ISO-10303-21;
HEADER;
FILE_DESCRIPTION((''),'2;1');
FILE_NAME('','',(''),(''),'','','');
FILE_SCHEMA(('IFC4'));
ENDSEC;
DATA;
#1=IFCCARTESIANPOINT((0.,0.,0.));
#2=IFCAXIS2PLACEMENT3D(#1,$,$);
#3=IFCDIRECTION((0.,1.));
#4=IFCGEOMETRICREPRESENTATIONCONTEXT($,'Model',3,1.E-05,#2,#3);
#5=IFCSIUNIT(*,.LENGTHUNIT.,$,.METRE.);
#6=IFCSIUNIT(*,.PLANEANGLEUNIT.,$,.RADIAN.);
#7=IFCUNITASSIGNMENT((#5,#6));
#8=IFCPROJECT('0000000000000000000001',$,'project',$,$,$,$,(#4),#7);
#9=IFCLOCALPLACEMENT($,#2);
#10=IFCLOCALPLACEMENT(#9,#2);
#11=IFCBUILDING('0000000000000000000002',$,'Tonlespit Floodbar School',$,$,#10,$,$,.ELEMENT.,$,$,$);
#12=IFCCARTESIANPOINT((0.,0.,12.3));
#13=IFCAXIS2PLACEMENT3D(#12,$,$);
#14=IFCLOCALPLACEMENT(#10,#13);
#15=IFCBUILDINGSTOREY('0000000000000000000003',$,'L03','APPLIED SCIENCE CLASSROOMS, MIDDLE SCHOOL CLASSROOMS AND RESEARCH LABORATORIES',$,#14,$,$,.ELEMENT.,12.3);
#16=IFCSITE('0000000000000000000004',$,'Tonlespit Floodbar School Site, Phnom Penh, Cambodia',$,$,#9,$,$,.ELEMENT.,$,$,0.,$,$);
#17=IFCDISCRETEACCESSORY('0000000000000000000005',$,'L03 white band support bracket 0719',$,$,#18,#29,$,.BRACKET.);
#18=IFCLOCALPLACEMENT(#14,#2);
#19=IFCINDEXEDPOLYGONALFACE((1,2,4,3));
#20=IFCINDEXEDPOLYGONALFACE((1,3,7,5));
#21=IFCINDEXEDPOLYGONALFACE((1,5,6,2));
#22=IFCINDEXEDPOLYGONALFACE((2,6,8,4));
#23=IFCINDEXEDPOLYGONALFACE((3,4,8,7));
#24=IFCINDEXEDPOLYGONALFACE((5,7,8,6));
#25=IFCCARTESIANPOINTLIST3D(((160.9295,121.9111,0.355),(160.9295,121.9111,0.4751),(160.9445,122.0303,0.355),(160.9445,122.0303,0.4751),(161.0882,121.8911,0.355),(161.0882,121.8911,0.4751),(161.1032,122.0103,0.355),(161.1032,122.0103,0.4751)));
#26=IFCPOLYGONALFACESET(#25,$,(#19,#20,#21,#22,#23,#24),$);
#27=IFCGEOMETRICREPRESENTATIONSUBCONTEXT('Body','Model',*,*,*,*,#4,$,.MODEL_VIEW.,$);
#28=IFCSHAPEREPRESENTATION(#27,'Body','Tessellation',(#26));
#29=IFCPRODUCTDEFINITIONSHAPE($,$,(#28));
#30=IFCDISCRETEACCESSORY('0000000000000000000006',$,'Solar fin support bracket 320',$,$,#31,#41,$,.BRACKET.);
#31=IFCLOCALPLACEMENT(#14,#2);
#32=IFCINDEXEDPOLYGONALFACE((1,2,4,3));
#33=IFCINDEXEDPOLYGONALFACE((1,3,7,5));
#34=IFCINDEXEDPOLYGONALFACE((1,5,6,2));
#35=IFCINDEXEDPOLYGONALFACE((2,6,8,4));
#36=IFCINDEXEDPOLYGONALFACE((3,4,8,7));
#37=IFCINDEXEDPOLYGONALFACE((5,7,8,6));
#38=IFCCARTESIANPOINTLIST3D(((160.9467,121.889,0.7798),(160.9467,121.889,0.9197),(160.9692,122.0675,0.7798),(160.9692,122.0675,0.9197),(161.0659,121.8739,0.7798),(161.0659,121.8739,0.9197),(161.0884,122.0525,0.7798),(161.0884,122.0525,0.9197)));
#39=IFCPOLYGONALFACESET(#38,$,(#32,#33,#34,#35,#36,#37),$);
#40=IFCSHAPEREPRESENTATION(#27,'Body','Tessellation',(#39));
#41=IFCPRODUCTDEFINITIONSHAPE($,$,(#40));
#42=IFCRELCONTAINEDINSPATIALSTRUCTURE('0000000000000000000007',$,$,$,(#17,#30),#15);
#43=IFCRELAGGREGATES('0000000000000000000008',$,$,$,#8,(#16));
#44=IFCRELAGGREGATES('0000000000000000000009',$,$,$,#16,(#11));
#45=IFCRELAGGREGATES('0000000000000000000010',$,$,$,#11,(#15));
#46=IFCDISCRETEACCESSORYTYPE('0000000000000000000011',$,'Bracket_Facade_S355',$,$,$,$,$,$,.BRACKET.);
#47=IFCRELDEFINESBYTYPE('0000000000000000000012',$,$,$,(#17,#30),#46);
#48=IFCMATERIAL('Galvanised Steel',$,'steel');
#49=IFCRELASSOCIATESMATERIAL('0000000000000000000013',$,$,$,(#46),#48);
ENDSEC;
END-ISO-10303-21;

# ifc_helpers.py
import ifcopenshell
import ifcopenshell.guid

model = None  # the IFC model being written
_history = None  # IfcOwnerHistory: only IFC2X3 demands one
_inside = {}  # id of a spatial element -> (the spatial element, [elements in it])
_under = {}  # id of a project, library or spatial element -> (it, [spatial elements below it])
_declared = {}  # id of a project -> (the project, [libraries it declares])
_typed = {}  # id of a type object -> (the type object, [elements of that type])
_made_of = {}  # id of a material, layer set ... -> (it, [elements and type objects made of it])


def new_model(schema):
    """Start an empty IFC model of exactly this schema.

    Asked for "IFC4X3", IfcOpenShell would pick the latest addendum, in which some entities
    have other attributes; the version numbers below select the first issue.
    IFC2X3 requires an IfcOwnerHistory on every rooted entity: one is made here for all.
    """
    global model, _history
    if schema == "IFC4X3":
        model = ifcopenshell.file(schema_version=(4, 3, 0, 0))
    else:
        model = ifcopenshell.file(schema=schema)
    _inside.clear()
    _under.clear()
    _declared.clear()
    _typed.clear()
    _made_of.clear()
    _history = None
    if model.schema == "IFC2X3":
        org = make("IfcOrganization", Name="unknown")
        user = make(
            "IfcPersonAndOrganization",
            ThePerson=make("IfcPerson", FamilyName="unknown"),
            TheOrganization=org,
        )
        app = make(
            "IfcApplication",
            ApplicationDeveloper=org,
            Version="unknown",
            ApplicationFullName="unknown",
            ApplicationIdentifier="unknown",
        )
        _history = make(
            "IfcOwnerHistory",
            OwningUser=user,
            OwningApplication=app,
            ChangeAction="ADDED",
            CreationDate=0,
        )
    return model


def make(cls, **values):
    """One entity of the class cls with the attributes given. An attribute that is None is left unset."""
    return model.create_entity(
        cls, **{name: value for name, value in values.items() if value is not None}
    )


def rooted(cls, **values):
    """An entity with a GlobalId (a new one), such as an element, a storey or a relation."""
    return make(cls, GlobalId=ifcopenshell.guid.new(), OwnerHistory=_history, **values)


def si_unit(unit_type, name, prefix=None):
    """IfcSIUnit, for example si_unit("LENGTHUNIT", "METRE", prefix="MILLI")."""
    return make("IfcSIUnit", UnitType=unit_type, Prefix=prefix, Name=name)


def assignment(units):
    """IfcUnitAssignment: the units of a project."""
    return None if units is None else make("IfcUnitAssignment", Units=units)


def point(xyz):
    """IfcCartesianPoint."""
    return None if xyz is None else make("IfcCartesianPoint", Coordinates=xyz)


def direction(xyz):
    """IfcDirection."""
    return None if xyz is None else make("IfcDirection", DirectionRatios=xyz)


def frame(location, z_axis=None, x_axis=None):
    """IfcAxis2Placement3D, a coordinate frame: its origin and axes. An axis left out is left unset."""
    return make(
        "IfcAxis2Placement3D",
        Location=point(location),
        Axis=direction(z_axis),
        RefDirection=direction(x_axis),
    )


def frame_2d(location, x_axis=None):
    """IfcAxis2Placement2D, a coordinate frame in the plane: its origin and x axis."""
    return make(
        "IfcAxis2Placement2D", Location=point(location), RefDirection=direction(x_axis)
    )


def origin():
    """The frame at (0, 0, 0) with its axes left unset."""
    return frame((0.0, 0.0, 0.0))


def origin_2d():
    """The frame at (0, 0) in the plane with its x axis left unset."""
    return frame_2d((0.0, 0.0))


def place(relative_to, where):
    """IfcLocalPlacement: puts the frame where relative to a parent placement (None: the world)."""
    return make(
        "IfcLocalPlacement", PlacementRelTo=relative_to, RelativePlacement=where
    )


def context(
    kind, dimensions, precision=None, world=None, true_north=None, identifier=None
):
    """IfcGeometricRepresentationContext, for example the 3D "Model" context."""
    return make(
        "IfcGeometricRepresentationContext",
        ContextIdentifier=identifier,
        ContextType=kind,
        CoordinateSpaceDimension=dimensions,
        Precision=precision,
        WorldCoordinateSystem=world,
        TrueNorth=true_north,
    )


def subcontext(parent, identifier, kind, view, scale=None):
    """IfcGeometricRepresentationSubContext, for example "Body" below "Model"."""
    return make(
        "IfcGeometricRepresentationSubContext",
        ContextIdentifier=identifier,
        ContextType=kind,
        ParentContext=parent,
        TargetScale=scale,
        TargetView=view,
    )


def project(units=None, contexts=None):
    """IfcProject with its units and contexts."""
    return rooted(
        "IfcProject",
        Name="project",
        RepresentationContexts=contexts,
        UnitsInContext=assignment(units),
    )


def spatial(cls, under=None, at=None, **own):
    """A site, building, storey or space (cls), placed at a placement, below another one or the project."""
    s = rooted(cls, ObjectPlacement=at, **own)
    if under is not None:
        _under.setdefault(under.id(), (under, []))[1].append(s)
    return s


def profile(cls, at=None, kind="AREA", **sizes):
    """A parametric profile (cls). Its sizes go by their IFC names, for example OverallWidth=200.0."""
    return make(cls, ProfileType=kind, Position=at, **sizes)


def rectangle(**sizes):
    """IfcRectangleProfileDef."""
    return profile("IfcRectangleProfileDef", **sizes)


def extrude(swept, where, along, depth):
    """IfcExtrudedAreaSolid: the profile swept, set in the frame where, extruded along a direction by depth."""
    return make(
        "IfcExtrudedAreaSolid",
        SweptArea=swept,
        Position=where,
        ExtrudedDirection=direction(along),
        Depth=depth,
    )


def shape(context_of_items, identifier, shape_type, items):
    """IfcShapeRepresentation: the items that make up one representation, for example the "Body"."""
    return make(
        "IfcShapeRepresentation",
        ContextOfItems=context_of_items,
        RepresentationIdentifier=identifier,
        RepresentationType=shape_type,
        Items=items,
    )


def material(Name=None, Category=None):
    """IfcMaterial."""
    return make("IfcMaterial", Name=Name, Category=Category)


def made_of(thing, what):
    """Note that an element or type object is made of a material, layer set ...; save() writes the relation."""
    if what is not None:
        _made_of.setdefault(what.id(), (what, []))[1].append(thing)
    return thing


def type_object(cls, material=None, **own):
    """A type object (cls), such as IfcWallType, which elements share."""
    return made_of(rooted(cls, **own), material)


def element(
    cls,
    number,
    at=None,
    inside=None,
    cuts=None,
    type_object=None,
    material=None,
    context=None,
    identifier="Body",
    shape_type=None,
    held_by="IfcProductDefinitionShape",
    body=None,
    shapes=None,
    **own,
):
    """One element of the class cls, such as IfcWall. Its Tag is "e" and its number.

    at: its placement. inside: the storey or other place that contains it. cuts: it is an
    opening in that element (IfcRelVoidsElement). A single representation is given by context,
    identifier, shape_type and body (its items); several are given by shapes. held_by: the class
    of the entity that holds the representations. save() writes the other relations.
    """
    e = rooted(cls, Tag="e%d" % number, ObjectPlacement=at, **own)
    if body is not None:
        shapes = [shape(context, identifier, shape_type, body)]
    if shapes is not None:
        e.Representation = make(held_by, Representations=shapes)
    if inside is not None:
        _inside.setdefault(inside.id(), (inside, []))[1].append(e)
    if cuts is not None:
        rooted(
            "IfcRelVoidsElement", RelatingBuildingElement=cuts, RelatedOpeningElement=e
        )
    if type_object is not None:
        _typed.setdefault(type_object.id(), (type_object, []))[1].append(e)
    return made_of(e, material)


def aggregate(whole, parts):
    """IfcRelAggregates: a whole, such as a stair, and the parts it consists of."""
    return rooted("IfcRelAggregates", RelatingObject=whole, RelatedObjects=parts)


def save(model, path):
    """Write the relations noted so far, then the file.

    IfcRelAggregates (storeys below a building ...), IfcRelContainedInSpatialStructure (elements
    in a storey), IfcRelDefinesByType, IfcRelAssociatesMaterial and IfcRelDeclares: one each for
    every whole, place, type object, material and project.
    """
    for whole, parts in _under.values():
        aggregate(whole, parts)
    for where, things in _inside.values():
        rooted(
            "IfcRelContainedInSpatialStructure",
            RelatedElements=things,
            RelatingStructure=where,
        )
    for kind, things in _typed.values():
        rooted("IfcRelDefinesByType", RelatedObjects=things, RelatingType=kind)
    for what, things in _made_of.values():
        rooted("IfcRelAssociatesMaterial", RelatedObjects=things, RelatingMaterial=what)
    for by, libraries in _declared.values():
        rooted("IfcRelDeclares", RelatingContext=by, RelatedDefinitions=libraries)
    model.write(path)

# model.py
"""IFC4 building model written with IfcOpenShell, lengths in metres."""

from ifc_helpers import new_model, si_unit, direction, frame, origin, origin_2d, place, context, subcontext, project, spatial, rectangle, extrude, material, type_object, element, save


model = new_model("IFC4")

# Units and contexts
model_context = context("Model", 3, precision=1e-05, world=origin(), true_north=direction((0.0, 1.0)))
body_context = subcontext(model_context, "Body", "Model", "MODEL_VIEW")
ifc_project = project(units=[si_unit("LENGTHUNIT", "METRE"), si_unit("PLANEANGLEUNIT", "RADIAN")], contexts=[model_context])

# Site, building, storey
site_placement = place(None, origin())
site = spatial("IfcSite", under=ifc_project, at=site_placement, Name="Tonlespit Floodbar School Site, Phnom Penh, Cambodia", CompositionType="ELEMENT", RefElevation=0.0)
building_placement = place(site_placement, origin())
building = spatial("IfcBuilding", under=site, at=building_placement, Name="Tonlespit Floodbar School", CompositionType="ELEMENT")
storey_placement = place(building_placement, frame((0.0, 0.0, 12.3)))
storey = spatial("IfcBuildingStorey", under=building, at=storey_placement, Name="L03", Description="APPLIED SCIENCE CLASSROOMS, MIDDLE SCHOOL CLASSROOMS AND RESEARCH LABORATORIES", CompositionType="ELEMENT", Elevation=12.3)

# Shared definitions
ifc_material_1 = material(Name="Galvanised Steel", Category="steel")

# Discrete accessories
discrete_accessory_type = type_object("IfcDiscreteAccessoryType", Name="Bracket_Facade_S355", PredefinedType="BRACKET", material=ifc_material_1)
discrete_accessory_1_placement = place(storey_placement, frame((161.0164, 121.9607, 0.355), z_axis=(0.0, 0.0, 1.0), x_axis=(0.992155, -0.125011, 0.0)))
element("IfcDiscreteAccessory", 1, at=discrete_accessory_1_placement, inside=storey, type_object=discrete_accessory_type, Name="L03 white band support bracket 0719", PredefinedType="BRACKET", context=body_context, shape_type="SweptSolid", body=[
    extrude(rectangle(XDim=0.1599, YDim=0.1201, at=origin_2d()), origin(), (0.0, 0.0, 1.0), 0.1201),
])
discrete_accessory_2_placement = place(storey_placement, frame((161.0176, 121.9707, 0.7798), z_axis=(0.0, 0.0, 1.0), x_axis=(0.992155, -0.125011, 0.0)))
element("IfcDiscreteAccessory", 2, at=discrete_accessory_2_placement, inside=storey, type_object=discrete_accessory_type, Name="Solar fin support bracket 320", PredefinedType="BRACKET", context=body_context, shape_type="SweptSolid", body=[
    extrude(rectangle(XDim=0.1201, YDim=0.1799, at=origin_2d()), origin(), (0.0, 0.0, 1.0), 0.1399),
])

save(model, "model.ifc")
